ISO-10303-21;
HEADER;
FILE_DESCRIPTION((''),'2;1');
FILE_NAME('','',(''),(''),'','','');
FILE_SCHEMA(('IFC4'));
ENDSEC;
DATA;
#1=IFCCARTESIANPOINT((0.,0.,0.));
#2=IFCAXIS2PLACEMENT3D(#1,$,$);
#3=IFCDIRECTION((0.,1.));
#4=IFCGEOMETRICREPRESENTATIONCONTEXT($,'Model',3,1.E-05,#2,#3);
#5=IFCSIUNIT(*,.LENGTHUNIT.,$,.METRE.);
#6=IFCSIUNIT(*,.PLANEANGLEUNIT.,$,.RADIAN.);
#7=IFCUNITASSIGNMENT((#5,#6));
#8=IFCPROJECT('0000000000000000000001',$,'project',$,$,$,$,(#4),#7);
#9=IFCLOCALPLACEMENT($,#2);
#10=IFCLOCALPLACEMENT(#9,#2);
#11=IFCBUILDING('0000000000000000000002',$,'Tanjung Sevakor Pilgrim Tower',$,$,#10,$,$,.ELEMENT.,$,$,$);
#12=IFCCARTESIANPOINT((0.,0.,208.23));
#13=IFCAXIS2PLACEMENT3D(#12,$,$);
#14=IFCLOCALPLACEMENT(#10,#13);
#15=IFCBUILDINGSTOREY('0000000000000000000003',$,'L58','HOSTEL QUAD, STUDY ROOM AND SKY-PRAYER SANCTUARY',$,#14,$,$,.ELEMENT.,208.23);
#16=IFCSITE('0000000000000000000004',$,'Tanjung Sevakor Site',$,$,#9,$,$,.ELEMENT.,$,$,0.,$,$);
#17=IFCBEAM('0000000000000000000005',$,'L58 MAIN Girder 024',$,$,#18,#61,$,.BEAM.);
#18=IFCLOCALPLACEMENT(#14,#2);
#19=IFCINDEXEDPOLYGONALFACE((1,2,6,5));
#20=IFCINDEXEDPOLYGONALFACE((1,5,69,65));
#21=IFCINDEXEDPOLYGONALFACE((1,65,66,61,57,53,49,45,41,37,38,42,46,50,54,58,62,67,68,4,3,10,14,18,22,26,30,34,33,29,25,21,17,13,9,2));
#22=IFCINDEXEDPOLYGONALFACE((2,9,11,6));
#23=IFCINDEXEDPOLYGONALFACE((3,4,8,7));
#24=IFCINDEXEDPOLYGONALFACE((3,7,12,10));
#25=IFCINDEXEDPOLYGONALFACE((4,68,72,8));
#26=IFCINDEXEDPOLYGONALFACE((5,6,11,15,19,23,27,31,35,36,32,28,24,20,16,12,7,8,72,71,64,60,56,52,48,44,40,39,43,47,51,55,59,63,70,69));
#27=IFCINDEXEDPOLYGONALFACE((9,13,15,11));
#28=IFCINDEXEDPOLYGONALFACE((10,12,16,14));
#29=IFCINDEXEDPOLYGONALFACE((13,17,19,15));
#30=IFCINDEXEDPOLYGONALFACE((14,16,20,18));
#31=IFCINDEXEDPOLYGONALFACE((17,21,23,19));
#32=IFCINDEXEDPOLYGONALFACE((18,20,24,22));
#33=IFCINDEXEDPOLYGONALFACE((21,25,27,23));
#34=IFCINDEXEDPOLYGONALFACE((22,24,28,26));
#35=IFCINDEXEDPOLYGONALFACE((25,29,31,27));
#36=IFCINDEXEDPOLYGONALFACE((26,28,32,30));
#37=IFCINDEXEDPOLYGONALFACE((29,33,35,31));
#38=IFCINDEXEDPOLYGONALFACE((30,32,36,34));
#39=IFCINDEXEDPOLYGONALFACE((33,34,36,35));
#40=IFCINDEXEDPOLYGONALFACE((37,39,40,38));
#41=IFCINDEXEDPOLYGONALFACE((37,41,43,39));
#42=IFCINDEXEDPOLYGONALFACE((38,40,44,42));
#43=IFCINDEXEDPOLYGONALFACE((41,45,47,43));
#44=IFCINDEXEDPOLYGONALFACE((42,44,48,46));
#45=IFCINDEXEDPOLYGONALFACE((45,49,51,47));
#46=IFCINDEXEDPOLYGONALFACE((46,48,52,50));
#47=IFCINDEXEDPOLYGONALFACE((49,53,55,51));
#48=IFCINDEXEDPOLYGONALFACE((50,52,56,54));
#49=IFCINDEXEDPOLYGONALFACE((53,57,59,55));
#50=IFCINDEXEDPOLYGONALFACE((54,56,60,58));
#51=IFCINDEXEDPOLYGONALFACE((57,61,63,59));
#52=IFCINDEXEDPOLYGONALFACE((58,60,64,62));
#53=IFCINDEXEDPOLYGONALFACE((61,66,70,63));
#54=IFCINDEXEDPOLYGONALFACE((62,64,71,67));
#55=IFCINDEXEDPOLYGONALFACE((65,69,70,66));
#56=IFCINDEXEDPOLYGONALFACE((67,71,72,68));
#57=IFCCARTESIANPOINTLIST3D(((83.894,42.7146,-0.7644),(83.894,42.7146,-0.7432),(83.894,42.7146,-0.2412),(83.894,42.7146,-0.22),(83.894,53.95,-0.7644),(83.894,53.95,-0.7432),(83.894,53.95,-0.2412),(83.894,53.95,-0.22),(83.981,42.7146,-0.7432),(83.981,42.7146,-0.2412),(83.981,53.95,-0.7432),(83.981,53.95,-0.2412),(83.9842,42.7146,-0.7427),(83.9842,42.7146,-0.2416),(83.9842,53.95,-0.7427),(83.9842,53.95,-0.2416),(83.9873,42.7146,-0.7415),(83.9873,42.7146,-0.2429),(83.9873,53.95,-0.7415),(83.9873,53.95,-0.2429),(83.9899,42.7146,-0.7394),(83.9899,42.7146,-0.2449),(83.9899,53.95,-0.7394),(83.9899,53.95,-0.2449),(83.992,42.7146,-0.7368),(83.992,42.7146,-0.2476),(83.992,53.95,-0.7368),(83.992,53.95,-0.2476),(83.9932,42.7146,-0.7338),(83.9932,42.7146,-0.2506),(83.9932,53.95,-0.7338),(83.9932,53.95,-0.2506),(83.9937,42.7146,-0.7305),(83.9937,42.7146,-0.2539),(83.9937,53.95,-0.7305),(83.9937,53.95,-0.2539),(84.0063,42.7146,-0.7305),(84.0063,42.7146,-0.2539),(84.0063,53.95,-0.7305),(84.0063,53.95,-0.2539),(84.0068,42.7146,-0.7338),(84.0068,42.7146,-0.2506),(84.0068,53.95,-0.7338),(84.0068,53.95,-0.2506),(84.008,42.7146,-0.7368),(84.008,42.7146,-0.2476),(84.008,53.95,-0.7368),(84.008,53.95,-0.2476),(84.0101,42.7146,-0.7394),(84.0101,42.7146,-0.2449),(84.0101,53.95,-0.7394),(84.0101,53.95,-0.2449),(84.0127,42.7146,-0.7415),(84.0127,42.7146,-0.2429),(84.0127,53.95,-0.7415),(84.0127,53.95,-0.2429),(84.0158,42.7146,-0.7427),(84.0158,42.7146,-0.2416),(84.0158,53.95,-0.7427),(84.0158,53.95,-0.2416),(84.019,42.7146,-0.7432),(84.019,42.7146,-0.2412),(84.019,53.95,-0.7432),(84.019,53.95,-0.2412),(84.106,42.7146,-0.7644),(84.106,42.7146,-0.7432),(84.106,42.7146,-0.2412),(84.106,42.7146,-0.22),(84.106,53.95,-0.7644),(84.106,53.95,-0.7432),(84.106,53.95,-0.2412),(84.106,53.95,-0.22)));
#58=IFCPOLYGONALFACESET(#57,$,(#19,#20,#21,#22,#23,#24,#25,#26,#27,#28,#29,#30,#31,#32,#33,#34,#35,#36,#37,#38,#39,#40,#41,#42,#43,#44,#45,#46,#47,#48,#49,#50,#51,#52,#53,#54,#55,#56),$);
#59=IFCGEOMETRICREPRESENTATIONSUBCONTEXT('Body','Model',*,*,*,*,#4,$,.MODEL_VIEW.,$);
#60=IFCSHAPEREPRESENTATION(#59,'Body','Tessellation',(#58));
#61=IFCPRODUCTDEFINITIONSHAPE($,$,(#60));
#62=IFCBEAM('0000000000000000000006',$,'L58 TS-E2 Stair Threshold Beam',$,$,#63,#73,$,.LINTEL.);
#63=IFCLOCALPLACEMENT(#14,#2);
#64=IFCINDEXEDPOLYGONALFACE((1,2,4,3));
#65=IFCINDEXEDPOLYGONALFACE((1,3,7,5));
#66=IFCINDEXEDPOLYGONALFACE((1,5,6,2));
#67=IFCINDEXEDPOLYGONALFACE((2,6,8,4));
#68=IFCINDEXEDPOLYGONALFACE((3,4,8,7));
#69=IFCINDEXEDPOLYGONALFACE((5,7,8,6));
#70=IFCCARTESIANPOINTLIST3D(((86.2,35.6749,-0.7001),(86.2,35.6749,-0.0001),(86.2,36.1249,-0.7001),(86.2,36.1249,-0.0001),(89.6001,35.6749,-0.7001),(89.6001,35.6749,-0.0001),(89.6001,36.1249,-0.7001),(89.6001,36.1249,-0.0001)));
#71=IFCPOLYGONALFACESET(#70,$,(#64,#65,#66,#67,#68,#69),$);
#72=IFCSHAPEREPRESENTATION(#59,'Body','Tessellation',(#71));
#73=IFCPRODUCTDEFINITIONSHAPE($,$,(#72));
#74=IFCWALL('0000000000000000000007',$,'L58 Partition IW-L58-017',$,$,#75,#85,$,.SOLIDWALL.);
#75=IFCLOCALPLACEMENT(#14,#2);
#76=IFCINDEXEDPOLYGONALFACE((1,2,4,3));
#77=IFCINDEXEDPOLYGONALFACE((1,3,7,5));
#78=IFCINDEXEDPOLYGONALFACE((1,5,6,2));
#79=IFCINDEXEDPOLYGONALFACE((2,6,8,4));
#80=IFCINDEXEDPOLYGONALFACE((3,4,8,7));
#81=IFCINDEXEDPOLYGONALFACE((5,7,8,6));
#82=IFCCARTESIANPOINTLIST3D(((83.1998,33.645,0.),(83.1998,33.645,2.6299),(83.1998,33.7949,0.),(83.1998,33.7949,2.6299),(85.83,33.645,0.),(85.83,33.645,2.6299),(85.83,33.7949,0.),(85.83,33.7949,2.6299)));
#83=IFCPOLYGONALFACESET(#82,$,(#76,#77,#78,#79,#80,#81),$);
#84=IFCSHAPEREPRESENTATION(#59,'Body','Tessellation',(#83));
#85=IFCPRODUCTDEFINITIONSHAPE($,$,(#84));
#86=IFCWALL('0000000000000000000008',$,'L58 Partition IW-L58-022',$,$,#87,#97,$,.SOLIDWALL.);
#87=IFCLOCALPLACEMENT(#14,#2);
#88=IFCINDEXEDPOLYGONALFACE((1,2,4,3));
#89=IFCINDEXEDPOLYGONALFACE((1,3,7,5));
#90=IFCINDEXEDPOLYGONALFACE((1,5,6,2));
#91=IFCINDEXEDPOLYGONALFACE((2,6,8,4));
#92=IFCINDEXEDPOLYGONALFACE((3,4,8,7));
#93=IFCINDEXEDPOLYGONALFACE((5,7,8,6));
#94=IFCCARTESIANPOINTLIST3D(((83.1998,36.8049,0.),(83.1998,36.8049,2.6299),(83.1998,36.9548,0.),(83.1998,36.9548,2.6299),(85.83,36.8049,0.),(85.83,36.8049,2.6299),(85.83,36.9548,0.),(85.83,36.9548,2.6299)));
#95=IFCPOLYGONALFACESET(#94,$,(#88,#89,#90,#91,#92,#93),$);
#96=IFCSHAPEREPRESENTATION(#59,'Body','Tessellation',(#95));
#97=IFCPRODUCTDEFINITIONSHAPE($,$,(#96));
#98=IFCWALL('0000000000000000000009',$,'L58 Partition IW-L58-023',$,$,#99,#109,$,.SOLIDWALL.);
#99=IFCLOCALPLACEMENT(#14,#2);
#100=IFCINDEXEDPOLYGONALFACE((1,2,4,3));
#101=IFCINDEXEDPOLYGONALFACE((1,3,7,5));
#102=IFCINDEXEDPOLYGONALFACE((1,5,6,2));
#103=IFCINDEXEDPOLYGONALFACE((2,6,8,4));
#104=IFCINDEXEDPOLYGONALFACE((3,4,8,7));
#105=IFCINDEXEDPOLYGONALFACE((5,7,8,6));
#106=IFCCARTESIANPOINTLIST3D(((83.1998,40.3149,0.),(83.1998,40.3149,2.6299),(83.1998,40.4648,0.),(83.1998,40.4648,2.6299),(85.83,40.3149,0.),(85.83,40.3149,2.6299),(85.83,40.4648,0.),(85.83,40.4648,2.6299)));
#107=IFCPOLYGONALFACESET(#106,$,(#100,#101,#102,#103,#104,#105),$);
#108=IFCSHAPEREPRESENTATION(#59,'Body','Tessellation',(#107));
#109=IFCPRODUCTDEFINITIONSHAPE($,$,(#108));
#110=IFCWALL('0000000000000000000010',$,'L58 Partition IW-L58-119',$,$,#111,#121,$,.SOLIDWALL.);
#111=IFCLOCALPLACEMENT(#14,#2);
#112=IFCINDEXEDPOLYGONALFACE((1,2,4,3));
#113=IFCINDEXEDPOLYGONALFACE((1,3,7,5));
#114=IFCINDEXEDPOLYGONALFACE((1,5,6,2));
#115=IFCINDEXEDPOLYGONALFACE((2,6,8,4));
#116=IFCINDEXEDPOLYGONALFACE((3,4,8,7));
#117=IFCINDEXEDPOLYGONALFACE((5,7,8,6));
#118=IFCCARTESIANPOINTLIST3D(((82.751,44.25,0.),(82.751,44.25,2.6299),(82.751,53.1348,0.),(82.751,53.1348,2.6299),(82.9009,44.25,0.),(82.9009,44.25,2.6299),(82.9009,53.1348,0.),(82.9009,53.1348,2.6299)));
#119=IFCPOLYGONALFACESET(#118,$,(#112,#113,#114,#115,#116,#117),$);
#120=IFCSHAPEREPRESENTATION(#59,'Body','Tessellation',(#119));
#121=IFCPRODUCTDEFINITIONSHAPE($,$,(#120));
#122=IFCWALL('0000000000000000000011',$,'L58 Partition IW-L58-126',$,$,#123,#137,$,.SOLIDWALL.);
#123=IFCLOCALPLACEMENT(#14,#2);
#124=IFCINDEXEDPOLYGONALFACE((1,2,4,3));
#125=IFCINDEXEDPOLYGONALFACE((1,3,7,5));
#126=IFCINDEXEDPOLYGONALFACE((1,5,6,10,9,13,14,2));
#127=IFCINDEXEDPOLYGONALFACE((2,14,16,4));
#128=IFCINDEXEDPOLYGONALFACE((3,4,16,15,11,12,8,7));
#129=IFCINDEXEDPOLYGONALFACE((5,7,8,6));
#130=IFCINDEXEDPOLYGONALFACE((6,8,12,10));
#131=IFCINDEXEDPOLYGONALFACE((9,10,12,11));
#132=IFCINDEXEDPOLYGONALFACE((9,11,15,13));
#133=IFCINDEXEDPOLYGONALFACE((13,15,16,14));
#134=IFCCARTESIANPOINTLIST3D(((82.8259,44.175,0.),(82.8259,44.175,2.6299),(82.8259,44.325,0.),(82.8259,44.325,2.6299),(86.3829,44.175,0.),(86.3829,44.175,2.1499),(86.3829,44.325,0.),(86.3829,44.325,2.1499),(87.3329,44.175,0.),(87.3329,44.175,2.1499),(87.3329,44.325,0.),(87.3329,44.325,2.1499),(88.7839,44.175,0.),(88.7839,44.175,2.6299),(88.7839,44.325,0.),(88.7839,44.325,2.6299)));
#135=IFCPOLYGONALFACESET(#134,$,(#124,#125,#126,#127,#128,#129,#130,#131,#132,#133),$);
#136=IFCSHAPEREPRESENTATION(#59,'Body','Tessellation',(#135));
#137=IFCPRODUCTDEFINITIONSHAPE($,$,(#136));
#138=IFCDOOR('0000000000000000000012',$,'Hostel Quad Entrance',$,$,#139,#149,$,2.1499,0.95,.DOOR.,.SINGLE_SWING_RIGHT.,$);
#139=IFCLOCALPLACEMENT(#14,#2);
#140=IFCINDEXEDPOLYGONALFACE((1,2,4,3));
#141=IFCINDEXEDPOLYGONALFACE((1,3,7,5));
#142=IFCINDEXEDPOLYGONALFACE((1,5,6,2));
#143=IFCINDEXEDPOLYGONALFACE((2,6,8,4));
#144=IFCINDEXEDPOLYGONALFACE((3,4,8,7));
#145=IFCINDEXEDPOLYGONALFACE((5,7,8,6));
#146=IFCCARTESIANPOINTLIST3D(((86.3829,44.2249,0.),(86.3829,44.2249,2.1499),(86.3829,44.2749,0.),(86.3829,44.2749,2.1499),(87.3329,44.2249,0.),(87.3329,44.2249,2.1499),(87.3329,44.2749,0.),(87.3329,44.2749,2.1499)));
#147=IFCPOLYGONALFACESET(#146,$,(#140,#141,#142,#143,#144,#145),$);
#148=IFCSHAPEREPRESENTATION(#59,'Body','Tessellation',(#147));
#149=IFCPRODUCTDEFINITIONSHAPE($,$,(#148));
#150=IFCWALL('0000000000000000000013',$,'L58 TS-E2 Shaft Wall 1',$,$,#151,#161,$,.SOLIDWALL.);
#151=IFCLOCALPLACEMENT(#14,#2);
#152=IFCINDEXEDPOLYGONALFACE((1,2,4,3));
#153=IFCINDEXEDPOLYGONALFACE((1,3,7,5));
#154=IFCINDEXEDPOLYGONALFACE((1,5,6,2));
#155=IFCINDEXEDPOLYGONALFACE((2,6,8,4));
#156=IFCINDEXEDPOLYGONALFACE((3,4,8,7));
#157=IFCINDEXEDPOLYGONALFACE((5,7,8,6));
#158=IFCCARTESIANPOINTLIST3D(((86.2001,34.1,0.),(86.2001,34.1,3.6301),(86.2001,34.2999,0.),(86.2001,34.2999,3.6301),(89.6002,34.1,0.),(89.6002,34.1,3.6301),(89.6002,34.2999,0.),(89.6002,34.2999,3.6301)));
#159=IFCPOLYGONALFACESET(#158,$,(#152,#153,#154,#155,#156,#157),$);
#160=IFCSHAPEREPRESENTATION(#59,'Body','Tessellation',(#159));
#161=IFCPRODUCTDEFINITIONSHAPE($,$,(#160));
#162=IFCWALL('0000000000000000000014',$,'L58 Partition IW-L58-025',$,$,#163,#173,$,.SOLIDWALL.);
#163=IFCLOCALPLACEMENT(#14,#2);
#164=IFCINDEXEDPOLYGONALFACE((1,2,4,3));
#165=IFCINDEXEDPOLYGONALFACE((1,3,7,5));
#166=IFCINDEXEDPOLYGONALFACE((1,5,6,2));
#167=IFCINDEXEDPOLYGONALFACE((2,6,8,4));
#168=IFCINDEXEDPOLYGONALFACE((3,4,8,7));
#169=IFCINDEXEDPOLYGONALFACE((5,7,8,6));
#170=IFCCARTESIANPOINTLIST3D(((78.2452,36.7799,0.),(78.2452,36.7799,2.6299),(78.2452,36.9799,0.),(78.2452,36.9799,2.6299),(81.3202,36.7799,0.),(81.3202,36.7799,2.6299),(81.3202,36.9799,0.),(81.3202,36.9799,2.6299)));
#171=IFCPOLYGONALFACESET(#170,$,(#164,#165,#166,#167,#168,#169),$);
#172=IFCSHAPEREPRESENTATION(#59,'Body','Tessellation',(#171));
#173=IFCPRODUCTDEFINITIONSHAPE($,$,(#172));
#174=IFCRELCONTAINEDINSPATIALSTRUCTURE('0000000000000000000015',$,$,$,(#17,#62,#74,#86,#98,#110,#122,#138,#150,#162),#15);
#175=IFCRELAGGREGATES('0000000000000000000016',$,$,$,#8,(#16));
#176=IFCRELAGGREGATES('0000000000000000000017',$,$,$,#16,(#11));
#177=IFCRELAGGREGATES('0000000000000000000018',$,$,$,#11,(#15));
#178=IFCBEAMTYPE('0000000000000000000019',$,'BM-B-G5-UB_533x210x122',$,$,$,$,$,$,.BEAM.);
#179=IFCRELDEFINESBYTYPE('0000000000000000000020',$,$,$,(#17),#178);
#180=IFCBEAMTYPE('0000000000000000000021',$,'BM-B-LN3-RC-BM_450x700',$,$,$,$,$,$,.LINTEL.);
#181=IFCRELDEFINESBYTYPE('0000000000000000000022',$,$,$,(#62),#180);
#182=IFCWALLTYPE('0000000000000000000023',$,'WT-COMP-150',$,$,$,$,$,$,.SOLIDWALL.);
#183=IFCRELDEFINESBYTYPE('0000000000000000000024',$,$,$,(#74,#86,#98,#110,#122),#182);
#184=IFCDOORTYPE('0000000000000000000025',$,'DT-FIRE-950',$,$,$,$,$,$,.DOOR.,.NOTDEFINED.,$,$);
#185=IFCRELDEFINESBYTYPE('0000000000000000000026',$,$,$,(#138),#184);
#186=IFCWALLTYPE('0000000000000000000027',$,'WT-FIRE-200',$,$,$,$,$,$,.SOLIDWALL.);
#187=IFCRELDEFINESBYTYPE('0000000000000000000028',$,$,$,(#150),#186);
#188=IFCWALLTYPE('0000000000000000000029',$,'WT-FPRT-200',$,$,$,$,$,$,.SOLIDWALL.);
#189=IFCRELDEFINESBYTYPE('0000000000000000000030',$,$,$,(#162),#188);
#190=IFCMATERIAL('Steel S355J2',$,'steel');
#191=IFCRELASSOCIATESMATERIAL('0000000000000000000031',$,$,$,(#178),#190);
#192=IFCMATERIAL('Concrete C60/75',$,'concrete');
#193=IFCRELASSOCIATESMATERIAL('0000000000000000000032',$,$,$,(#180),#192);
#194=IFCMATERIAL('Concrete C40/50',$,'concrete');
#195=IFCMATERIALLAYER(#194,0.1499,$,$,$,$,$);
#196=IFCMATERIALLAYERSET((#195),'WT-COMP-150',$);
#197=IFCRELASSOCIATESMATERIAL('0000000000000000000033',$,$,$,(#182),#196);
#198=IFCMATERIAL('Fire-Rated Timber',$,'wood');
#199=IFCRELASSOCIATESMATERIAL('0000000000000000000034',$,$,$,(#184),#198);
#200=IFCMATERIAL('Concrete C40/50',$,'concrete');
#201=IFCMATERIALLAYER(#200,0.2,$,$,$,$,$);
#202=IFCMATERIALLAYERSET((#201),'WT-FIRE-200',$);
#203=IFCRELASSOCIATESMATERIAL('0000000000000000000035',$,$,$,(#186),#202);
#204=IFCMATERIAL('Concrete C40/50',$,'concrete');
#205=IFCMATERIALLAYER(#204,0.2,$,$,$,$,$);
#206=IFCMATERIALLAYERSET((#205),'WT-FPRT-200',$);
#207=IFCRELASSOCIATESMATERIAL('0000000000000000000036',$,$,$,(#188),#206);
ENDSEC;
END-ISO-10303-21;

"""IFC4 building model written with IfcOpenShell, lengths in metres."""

from ifc_helpers import new_model, si_unit, direction, frame, frame_2d, origin, origin_2d, place, context, subcontext, project, spatial, rectangle, i_section, extrude, material, layer, layer_set, material_profile, profile_set, type_object, element, fill, save


model = new_model("IFC4")

# Units and contexts
model_context = context("Model", 3, precision=1e-05, world=origin(), true_north=direction((0.0, 1.0)))
body_context = subcontext(model_context, "Body", "Model", "MODEL_VIEW")
ifc_project = project(units=[si_unit("LENGTHUNIT", "METRE"), si_unit("PLANEANGLEUNIT", "RADIAN")], contexts=[model_context])

# Site, building, storey
site_placement = place(None, origin())
site = spatial("IfcSite", under=ifc_project, at=site_placement, Name="Tanjung Sevakor Site", CompositionType="ELEMENT", RefElevation=0.0)
building_placement = place(site_placement, origin())
building = spatial("IfcBuilding", under=site, at=building_placement, Name="Tanjung Sevakor Pilgrim Tower", CompositionType="ELEMENT")
storey_placement = place(building_placement, frame((0.0, 0.0, 208.23)))
storey = spatial("IfcBuildingStorey", under=building, at=storey_placement, Name="L58", Description="HOSTEL QUAD, STUDY ROOM AND SKY-PRAYER SANCTUARY", CompositionType="ELEMENT", Elevation=208.23)

# Beams
ifc_material_1 = material(Name="Steel S355J2", Category="steel")
ifc_material_profile_1 = material_profile(ifc_material_1, i_section(OverallWidth=0.2119, OverallDepth=0.5444, WebThickness=0.0127, FlangeThickness=0.0212, FilletRadius=0.0127, at=origin_2d()))
ifc_profile_set_1 = profile_set([ifc_material_profile_1], Name="Steel S355J2")
beam_type_1 = type_object("IfcBeamType", Name="BM-B-G5-UB_533x210x122", PredefinedType="BEAM", material=ifc_profile_set_1)
beam_1_placement = place(storey_placement, frame((84.0, 42.7146, -0.4922), z_axis=(0.0, 1.0, 0.0), x_axis=(-1.0, 0.0, 0.0)))
element("IfcBeam", 1, at=beam_1_placement, inside=storey, type_object=beam_type_1, Name="L58 MAIN Girder 024", PredefinedType="BEAM", context=body_context, shape_type="SweptSolid", body=[
    extrude(i_section(OverallWidth=0.2119, OverallDepth=0.5444, WebThickness=0.0127, FlangeThickness=0.0212, FilletRadius=0.0127, at=origin_2d()), origin(), (0.0, 0.0, 1.0), 11.2354),
])
ifc_material_2 = material(Name="Concrete C60/75", Category="concrete")
ifc_material_profile_2 = material_profile(ifc_material_2, rectangle(XDim=0.45, YDim=0.7, at=origin_2d()))
ifc_profile_set_2 = profile_set([ifc_material_profile_2], Name="Concrete C60/75")
beam_type_2 = type_object("IfcBeamType", Name="BM-B-LN3-RC-BM_450x700", PredefinedType="LINTEL", material=ifc_profile_set_2)
beam_2_placement = place(storey_placement, frame((86.2, 35.8999, -0.3501), z_axis=(1.0, 0.0, 0.0), x_axis=(0.0, 1.0, 0.0)))
element("IfcBeam", 2, at=beam_2_placement, inside=storey, type_object=beam_type_2, Name="L58 TS-E2 Stair Threshold Beam", PredefinedType="LINTEL", context=body_context, shape_type="SweptSolid", body=[
    extrude(rectangle(XDim=0.45, YDim=0.7, at=origin_2d()), origin(), (0.0, 0.0, 1.0), 3.4001),
])

# Walls
ifc_material_3 = material(Name="Concrete C40/50", Category="concrete")
ifc_layer_1 = layer(ifc_material_3, 0.1499)
ifc_layer_set_1 = layer_set([ifc_layer_1], Name="WT-COMP-150")
wall_type_1 = type_object("IfcWallType", Name="WT-COMP-150", PredefinedType="SOLIDWALL", material=ifc_layer_set_1)
for number, where, z_axis, x_axis, name in (
    (3, (83.2, 33.72, 0.0), (0.0, 0.0, 1.0), (1.0, 0.0, 0.0), "L58 Partition IW-L58-017"),
    (4, (83.2, 36.8799, 0.0), (0.0, 0.0, 1.0), (1.0, 0.0, 0.0), "L58 Partition IW-L58-022"),
    (5, (83.2, 40.3899, 0.0), (0.0, 0.0, 1.0), (1.0, 0.0, 0.0), "L58 Partition IW-L58-023"),
):
    element("IfcWall", number, at=place(storey_placement, frame(where, z_axis=z_axis, x_axis=x_axis)), inside=storey, type_object=wall_type_1, Name=name, PredefinedType="SOLIDWALL", context=body_context, shape_type="SweptSolid", body=[
        extrude(rectangle(XDim=2.6301, YDim=0.1499, at=frame_2d((1.3149, 0.0))), origin(), (0.0, 0.0, 1.0), 2.6299),
    ])

# Shared definitions
ifc_material_4 = material(Name="Fire-Rated Timber", Category="wood")
door_type_1 = type_object("IfcDoorType", Name="DT-FIRE-950", OperationType="NOTDEFINED", PredefinedType="DOOR", material=ifc_material_4)

# Wall
wall_1_placement = place(storey_placement, frame((82.8259, 44.25, 0.0), z_axis=(0.0, 0.0, 1.0), x_axis=(0.0, 1.0, 0.0)))
element("IfcWall", 6, at=wall_1_placement, inside=storey, type_object=wall_type_1, Name="L58 Partition IW-L58-119", PredefinedType="SOLIDWALL", context=body_context, shape_type="SweptSolid", body=[
    extrude(rectangle(XDim=8.8848, YDim=0.1499, at=frame_2d((4.4424, 0.0))), origin(), (0.0, 0.0, 1.0), 2.6299),
])

# Wall, opening, door
wall_2_placement = place(storey_placement, frame((82.8259, 44.25, 0.0), z_axis=(0.0, 0.0, 1.0), x_axis=(1.0, 0.0, 0.0)))
wall_2 = element("IfcWall", 7, at=wall_2_placement, inside=storey, type_object=wall_type_1, Name="L58 Partition IW-L58-126", PredefinedType="SOLIDWALL", context=body_context, shape_type="SweptSolid", body=[
    extrude(rectangle(XDim=5.958, YDim=0.1499, at=frame_2d((2.979, 0.0))), origin(), (0.0, 0.0, 1.0), 2.6299),
])
opening_1_placement = place(wall_2_placement, frame((3.5569, 0.0, 0.0)))
opening_1 = element("IfcOpeningElement", 8, at=opening_1_placement, cuts=wall_2, PredefinedType="OPENING", context=body_context, shape_type="SweptSolid", body=[
    extrude(rectangle(XDim=0.95, YDim=2.1499, at=frame_2d((0.4751, 1.075))), frame((0.0, 0.085, 0.0), z_axis=(0.0, -1.0, 0.0), x_axis=(1.0, 0.0, 0.0)), (0.0, 0.0, 1.0), 0.1699),
])
door_1_placement = place(opening_1_placement, origin())
door_1 = element("IfcDoor", 9, at=door_1_placement, inside=storey, type_object=door_type_1, Name="Hostel Quad Entrance", OperationType="SINGLE_SWING_RIGHT", OverallHeight=2.1499, OverallWidth=0.95, PredefinedType="DOOR", context=body_context, shape_type="SweptSolid", body=[
    extrude(rectangle(XDim=0.95, YDim=2.1499, at=frame_2d((0.4751, 1.075))), frame((0.0, 0.0249, 0.0), z_axis=(0.0, -1.0, 0.0), x_axis=(1.0, 0.0, 0.0)), (0.0, 0.0, 1.0), 0.05),
])
fill(opening_1, door_1)

# Walls
ifc_material_5 = material(Name="Concrete C40/50", Category="concrete")
ifc_layer_2 = layer(ifc_material_5, 0.2)
ifc_layer_set_2 = layer_set([ifc_layer_2], Name="WT-FIRE-200")
wall_type_2 = type_object("IfcWallType", Name="WT-FIRE-200", PredefinedType="SOLIDWALL", material=ifc_layer_set_2)
wall_3_placement = place(storey_placement, frame((86.2, 34.2, 0.0), z_axis=(0.0, 0.0, 1.0), x_axis=(1.0, 0.0, 0.0)))
element("IfcWall", 10, at=wall_3_placement, inside=storey, type_object=wall_type_2, Name="L58 TS-E2 Shaft Wall 1", PredefinedType="SOLIDWALL", context=body_context, shape_type="SweptSolid", body=[
    extrude(rectangle(XDim=3.4001, YDim=0.2, at=frame_2d((1.7002, 0.0))), origin(), (0.0, 0.0, 1.0), 3.6301),
])
ifc_material_6 = material(Name="Concrete C40/50", Category="concrete")
ifc_layer_3 = layer(ifc_material_6, 0.2)
ifc_layer_set_3 = layer_set([ifc_layer_3], Name="WT-FPRT-200")
wall_type_3 = type_object("IfcWallType", Name="WT-FPRT-200", PredefinedType="SOLIDWALL", material=ifc_layer_set_3)
wall_4_placement = place(storey_placement, frame((78.2451, 36.8799, 0.0), z_axis=(0.0, 0.0, 1.0), x_axis=(1.0, 0.0, 0.0)))
element("IfcWall", 11, at=wall_4_placement, inside=storey, type_object=wall_type_3, Name="L58 Partition IW-L58-025", PredefinedType="SOLIDWALL", context=body_context, shape_type="SweptSolid", body=[
    extrude(rectangle(XDim=3.075, YDim=0.2, at=frame_2d((1.5376, 0.0))), origin(), (0.0, 0.0, 1.0), 2.6299),
])

save(model, "model.ifc")
